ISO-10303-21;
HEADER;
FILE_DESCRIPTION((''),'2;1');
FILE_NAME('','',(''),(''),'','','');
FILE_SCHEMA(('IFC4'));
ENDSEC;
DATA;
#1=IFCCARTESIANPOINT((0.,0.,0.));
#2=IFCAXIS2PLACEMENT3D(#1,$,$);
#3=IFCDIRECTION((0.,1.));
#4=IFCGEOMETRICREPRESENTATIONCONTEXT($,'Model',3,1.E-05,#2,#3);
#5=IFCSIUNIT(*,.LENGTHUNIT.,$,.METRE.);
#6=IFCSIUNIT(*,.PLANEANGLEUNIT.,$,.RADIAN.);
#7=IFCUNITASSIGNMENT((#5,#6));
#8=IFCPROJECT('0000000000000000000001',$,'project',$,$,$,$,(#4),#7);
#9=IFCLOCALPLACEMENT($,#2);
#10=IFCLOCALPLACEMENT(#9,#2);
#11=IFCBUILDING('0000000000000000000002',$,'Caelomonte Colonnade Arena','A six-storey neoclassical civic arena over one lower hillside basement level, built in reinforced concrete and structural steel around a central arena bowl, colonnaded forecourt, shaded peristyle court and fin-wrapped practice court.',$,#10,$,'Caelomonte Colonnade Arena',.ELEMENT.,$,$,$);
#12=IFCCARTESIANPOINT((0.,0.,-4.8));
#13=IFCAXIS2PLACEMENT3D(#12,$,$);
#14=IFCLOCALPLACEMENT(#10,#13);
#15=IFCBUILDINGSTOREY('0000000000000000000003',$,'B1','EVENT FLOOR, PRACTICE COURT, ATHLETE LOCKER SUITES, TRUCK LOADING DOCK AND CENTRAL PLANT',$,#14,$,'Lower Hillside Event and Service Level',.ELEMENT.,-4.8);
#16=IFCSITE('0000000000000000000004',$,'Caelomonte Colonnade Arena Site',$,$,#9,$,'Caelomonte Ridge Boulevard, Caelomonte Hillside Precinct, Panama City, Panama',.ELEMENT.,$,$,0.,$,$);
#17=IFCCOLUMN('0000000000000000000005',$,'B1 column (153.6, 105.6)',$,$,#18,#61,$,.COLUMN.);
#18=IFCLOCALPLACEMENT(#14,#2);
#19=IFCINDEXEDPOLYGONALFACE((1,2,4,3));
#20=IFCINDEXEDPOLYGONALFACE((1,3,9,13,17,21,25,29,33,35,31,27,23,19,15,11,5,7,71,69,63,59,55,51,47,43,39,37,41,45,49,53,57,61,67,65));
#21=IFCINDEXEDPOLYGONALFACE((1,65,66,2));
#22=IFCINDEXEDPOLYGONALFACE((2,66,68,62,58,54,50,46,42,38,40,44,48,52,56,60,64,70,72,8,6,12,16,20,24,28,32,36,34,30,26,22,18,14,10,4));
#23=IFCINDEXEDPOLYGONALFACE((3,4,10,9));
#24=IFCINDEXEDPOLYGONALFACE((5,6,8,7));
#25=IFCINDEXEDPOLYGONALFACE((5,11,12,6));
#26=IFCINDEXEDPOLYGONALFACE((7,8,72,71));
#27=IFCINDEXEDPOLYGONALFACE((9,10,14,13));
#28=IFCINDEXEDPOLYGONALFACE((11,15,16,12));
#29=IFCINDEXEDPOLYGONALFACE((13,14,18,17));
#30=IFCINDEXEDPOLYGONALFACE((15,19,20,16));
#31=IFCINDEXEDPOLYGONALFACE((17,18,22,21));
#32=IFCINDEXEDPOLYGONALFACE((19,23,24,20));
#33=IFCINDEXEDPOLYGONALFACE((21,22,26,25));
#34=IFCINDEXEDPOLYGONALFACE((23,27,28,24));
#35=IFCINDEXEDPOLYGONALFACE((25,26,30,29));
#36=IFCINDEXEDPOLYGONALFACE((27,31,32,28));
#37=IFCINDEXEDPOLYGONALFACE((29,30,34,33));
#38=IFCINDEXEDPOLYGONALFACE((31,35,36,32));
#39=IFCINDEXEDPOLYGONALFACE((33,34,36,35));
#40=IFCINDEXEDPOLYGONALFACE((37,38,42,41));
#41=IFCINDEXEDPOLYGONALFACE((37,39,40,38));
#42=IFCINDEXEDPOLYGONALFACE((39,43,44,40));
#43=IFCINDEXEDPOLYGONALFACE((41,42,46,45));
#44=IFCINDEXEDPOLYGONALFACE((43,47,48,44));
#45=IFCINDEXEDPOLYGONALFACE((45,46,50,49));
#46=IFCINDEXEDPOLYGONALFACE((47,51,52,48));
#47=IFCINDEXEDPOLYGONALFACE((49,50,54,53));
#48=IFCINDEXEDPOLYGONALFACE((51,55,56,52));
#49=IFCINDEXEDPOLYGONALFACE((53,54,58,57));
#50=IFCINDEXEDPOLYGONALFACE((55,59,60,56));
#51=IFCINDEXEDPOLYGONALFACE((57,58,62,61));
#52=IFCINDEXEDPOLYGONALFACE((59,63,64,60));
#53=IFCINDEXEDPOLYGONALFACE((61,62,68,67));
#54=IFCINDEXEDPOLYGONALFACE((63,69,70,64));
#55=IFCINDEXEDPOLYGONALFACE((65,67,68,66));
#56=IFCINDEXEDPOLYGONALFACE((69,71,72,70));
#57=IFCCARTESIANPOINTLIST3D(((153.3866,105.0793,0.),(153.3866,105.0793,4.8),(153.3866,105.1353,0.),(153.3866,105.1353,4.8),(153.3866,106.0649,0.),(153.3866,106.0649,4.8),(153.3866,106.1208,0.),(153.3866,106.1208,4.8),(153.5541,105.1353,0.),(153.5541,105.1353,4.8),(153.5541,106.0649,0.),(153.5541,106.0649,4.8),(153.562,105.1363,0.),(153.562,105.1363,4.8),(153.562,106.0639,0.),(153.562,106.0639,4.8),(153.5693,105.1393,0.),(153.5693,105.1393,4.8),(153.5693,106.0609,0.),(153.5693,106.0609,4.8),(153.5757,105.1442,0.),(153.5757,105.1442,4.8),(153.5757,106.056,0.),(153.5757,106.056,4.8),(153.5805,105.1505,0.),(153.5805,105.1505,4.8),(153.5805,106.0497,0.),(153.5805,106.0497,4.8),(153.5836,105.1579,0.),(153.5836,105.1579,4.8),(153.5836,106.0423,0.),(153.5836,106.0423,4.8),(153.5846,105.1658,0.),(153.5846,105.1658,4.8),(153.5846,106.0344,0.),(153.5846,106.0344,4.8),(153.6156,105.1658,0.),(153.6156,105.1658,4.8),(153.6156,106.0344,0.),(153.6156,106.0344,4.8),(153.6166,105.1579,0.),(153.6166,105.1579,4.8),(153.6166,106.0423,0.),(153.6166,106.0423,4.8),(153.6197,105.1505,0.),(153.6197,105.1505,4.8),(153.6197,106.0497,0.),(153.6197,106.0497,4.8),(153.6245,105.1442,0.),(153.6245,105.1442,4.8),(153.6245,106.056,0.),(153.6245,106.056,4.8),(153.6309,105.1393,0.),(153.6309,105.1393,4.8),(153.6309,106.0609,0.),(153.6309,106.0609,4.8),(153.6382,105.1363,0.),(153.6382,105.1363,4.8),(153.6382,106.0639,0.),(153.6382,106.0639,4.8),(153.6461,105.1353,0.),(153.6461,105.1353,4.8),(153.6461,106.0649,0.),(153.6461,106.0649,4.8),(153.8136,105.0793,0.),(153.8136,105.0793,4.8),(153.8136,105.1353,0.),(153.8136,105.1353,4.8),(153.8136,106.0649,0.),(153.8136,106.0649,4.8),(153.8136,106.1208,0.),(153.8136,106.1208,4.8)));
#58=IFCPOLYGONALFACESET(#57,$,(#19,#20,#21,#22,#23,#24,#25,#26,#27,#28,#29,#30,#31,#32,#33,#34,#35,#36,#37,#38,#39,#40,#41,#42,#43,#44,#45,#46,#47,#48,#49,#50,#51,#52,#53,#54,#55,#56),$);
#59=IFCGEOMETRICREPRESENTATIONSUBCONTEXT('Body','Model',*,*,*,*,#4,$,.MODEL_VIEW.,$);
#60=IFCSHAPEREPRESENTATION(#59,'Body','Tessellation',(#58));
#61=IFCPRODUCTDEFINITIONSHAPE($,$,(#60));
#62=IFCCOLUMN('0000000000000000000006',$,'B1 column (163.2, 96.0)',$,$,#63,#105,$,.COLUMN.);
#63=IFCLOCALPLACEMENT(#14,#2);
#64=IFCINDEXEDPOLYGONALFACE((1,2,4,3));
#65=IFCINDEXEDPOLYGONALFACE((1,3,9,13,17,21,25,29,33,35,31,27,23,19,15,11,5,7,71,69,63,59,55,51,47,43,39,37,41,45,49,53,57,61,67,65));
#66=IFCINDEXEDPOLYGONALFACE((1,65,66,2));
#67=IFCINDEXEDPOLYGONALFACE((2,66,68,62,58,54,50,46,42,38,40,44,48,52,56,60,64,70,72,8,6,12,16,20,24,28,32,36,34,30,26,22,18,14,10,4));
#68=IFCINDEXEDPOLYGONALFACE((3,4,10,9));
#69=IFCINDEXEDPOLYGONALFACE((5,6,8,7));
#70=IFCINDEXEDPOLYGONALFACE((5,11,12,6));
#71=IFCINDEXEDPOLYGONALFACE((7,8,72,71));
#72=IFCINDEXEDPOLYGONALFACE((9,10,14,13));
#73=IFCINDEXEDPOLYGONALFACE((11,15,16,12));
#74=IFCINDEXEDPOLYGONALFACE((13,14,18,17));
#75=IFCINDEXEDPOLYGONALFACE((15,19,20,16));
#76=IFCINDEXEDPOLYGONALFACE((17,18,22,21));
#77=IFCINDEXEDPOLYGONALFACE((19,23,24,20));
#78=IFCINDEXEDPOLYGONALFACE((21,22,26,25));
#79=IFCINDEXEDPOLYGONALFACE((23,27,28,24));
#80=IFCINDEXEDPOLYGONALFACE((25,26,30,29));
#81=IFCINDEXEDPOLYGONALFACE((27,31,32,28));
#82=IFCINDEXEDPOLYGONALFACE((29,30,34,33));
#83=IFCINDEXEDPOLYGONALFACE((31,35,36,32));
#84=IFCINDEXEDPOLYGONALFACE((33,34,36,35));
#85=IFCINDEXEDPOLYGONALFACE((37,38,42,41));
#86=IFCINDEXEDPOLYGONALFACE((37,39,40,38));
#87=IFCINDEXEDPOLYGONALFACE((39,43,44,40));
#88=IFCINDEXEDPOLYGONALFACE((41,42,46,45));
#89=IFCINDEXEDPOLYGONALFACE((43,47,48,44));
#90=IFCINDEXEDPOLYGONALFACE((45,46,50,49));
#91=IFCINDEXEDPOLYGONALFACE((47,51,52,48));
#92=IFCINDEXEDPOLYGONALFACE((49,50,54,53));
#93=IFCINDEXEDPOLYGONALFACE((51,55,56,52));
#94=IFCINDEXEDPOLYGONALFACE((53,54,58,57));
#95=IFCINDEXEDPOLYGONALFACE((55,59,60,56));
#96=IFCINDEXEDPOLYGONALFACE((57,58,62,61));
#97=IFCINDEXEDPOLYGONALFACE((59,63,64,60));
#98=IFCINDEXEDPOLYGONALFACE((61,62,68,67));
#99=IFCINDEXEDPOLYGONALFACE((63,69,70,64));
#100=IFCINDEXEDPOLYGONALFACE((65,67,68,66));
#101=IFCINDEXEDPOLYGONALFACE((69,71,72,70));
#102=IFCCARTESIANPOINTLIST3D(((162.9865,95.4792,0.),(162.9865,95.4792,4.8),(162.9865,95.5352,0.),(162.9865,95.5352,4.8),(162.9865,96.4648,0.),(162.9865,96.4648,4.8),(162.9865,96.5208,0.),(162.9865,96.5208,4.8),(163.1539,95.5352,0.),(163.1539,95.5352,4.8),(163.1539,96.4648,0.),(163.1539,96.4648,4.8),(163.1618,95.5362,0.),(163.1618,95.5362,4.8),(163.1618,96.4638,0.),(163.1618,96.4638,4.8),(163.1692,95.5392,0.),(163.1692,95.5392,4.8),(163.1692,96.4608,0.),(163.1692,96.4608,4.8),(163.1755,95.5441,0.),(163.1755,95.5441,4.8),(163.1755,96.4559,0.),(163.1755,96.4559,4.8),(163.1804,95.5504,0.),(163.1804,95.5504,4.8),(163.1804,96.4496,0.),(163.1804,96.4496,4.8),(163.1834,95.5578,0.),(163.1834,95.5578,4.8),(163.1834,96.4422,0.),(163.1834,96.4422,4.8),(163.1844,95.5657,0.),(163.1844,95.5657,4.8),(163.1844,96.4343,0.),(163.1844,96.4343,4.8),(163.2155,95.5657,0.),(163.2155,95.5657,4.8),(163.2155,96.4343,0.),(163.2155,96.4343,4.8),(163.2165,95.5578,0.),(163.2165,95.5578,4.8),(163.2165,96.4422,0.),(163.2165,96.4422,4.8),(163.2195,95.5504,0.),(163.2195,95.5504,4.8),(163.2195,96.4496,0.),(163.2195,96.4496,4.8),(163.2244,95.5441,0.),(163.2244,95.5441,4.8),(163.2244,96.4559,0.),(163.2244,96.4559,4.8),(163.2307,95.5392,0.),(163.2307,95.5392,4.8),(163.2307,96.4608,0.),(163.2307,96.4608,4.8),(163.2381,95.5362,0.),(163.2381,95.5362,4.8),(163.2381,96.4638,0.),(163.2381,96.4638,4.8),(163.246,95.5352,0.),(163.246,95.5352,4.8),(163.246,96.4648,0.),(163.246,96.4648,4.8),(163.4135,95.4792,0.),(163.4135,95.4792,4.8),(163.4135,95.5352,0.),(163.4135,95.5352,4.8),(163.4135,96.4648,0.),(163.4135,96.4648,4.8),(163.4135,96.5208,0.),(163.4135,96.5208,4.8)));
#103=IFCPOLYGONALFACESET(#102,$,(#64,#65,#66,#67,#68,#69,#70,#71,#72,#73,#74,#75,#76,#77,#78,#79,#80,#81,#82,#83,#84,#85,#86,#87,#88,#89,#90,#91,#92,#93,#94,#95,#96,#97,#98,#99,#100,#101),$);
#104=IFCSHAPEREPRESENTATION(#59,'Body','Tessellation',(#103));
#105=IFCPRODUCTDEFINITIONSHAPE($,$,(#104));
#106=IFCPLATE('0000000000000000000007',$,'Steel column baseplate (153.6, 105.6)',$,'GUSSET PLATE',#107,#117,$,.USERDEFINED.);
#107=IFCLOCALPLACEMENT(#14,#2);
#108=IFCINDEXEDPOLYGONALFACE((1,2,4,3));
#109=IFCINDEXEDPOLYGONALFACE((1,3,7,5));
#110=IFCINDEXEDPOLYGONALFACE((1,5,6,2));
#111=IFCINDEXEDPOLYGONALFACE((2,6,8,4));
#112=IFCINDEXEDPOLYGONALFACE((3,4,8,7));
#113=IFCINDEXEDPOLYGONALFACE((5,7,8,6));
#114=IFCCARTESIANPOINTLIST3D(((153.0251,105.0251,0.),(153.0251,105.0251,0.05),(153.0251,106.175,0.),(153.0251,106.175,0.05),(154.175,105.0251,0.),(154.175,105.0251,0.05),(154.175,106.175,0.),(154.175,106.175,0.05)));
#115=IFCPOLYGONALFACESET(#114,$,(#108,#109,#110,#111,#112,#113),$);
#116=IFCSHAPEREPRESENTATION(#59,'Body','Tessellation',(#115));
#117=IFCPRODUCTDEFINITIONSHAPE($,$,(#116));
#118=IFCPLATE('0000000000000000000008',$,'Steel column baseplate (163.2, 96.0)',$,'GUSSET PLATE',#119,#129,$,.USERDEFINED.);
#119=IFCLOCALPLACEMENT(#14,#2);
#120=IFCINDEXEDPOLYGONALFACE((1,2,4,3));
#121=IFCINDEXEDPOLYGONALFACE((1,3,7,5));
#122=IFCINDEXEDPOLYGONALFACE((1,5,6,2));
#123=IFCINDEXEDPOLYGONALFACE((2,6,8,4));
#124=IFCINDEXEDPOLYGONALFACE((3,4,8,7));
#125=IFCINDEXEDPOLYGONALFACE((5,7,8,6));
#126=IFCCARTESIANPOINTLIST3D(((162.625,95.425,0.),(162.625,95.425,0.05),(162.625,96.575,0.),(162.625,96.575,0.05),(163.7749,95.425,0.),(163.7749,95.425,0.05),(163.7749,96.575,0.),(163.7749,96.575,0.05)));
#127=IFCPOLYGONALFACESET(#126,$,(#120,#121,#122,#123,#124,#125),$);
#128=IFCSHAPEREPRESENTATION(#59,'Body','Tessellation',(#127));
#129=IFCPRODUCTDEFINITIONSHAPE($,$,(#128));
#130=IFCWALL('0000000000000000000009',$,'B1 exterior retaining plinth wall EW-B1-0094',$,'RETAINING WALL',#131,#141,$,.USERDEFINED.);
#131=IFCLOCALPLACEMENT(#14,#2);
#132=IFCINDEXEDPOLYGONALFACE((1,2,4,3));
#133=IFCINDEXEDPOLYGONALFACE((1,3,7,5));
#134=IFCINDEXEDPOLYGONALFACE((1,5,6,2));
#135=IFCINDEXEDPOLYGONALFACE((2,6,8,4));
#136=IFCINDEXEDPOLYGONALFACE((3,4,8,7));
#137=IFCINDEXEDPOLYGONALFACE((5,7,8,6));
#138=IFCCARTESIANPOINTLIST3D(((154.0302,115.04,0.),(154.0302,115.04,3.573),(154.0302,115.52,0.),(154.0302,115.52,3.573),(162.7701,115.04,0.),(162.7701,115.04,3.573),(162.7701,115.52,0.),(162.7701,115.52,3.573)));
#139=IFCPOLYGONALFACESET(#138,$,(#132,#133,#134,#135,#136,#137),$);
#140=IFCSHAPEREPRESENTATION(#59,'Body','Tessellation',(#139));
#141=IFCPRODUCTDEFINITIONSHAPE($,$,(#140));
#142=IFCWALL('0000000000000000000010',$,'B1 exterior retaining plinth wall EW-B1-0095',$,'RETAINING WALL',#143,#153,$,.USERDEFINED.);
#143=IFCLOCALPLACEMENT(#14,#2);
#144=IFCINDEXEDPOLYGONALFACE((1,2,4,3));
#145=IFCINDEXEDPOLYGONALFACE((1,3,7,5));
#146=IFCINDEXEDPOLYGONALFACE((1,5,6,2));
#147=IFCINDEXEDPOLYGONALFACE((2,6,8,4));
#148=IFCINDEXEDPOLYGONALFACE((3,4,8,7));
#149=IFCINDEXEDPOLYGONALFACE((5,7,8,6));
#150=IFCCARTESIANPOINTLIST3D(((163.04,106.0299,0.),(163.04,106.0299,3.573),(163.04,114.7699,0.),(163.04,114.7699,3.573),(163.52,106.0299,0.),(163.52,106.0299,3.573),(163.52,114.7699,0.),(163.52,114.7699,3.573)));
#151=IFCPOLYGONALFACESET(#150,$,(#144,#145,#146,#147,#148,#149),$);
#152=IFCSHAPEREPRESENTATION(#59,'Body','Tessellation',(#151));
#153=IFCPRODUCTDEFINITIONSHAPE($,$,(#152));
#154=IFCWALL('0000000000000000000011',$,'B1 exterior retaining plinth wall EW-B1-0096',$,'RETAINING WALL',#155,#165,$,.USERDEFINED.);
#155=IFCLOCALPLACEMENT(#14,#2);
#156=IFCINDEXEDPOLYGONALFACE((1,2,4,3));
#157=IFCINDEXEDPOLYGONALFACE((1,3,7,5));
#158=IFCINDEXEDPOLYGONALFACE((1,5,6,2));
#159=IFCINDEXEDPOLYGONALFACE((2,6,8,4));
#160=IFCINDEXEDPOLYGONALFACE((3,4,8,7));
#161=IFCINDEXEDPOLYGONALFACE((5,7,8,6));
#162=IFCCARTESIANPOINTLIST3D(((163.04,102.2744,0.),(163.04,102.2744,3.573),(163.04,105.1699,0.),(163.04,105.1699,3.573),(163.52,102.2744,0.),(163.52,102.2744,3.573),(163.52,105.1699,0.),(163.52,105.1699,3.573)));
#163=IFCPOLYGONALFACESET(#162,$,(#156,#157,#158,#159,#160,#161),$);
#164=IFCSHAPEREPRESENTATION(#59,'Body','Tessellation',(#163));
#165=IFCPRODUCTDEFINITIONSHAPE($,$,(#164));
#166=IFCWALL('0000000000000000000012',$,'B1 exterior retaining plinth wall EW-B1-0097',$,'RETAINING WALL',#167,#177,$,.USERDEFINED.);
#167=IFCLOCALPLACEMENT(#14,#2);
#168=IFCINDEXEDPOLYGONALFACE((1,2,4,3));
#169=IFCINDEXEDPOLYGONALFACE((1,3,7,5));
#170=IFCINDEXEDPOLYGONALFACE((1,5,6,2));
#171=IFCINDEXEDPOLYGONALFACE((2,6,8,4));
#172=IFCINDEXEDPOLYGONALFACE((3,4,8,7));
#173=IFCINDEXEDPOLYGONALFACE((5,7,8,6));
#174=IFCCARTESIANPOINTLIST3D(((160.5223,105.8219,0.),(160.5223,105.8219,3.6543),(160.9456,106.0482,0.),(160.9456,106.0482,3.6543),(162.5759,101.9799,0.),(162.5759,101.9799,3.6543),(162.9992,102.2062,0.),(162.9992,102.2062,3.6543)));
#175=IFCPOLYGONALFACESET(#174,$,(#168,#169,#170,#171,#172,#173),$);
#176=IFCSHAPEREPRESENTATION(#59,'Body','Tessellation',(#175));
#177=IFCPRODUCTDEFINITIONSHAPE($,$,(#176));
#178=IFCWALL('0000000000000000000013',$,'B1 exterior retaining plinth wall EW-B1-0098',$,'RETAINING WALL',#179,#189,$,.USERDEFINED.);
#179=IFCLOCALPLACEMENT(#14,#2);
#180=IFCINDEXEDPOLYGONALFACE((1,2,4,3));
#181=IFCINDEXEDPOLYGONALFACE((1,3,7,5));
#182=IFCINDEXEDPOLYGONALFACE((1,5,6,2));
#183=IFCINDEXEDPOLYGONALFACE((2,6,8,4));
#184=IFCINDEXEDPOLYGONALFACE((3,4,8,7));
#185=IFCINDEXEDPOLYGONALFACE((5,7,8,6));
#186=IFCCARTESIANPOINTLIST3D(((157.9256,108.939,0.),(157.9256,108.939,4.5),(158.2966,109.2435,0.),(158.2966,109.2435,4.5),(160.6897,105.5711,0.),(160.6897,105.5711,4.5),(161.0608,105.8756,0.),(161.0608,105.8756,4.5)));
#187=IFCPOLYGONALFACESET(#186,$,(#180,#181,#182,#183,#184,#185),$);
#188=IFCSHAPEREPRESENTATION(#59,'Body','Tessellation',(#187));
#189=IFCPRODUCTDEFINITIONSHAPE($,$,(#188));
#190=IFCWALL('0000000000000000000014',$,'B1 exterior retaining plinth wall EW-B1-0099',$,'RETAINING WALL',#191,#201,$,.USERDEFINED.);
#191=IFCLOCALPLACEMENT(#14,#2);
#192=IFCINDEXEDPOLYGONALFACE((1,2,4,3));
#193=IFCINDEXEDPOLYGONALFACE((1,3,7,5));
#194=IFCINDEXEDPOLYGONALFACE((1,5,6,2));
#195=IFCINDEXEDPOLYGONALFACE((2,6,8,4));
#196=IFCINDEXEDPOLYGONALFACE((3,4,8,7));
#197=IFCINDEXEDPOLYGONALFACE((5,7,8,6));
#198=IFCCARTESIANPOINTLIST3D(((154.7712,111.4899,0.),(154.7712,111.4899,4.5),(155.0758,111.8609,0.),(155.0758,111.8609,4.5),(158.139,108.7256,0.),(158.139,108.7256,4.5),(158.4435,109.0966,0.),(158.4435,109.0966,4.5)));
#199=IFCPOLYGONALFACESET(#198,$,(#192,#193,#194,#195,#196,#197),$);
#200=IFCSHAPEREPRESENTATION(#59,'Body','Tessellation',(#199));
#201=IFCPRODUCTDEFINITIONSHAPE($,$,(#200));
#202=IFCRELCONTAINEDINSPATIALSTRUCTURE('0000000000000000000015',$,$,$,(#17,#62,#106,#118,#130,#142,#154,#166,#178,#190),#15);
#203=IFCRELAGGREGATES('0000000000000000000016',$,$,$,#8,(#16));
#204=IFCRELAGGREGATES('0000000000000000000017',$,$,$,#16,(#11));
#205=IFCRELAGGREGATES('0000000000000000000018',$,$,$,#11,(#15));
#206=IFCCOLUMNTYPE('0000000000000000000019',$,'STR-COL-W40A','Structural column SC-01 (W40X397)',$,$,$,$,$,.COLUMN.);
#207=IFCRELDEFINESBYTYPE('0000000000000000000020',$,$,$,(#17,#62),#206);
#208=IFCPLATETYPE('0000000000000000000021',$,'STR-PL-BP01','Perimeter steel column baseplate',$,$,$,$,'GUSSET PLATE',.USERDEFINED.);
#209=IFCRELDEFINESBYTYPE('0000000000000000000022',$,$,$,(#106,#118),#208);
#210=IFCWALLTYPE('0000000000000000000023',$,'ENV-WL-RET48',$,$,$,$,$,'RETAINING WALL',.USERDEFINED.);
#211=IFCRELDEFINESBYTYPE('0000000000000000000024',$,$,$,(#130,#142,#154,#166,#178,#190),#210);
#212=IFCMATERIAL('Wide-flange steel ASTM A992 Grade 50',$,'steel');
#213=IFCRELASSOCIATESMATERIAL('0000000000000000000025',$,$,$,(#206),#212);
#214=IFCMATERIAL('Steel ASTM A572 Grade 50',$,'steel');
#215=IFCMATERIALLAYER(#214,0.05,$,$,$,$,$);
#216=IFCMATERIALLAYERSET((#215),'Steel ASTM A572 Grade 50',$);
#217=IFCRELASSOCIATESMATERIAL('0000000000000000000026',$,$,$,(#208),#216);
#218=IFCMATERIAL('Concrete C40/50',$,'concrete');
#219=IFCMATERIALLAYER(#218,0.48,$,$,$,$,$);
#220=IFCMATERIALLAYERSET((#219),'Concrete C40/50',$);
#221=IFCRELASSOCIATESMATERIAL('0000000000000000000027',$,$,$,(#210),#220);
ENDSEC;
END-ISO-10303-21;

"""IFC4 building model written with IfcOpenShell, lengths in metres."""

from ifc_helpers import new_model, si_unit, direction, frame, frame_2d, origin, origin_2d, place, context, subcontext, project, spatial, rectangle, i_section, extrude, material, layer, layer_set, material_profile, profile_set, type_object, element, save


model = new_model("IFC4")

# Units and contexts
model_context = context("Model", 3, precision=1e-05, world=origin(), true_north=direction((0.0, 1.0)))
body_context = subcontext(model_context, "Body", "Model", "MODEL_VIEW")
ifc_project = project(units=[si_unit("LENGTHUNIT", "METRE"), si_unit("PLANEANGLEUNIT", "RADIAN")], contexts=[model_context])

# Site, building, storey
site_placement = place(None, origin())
site = spatial("IfcSite", under=ifc_project, at=site_placement, Name="Caelomonte Colonnade Arena Site", LongName="Caelomonte Ridge Boulevard, Caelomonte Hillside Precinct, Panama City, Panama", CompositionType="ELEMENT", RefElevation=0.0)
building_placement = place(site_placement, origin())
building = spatial("IfcBuilding", under=site, at=building_placement, Name="Caelomonte Colonnade Arena", Description="A six-storey neoclassical civic arena over one lower hillside basement level, built in reinforced concrete and structural steel around a central arena bowl, colonnaded forecourt, shaded peristyle court and fin-wrapped practice court.", LongName="Caelomonte Colonnade Arena", CompositionType="ELEMENT")
storey_placement = place(building_placement, frame((0.0, 0.0, -4.8)))
storey = spatial("IfcBuildingStorey", under=building, at=storey_placement, Name="B1", Description="EVENT FLOOR, PRACTICE COURT, ATHLETE LOCKER SUITES, TRUCK LOADING DOCK AND CENTRAL PLANT", LongName="Lower Hillside Event and Service Level", CompositionType="ELEMENT", Elevation=-4.8)

# Shared definitions
ifc_material_1 = material(Name="Concrete C40/50", Category="concrete")

# Columns
ifc_material_2 = material(Name="Wide-flange steel ASTM A992 Grade 50", Category="steel")
ifc_material_profile_1 = material_profile(ifc_material_2, i_section(OverallWidth=0.427, OverallDepth=1.0415, WebThickness=0.031, FlangeThickness=0.0559, FilletRadius=0.0305, at=origin_2d()), Name="W40X397")
ifc_profile_set_1 = profile_set([ifc_material_profile_1], Name="Wide-flange steel ASTM A992 Grade 50")
column_type_1 = type_object("IfcColumnType", Name="STR-COL-W40A", Description="Structural column SC-01 (W40X397)", PredefinedType="COLUMN", material=ifc_profile_set_1)
for number, where, z_axis, x_axis, name in (
    (1, (153.6001, 105.6001, 0.0), (0.0, 0.0, 1.0), (1.0, 0.0, 0.0), "B1 column (153.6, 105.6)"),
    (2, (163.2, 96.0, 0.0), (0.0, 0.0, 1.0), (1.0, 0.0, 0.0), "B1 column (163.2, 96.0)"),
):
    element("IfcColumn", number, at=place(storey_placement, frame(where, z_axis=z_axis, x_axis=x_axis)), inside=storey, type_object=column_type_1, Name=name, PredefinedType="COLUMN", context=body_context, shape_type="SweptSolid", body=[
        extrude(i_section(OverallWidth=0.427, OverallDepth=1.0415, WebThickness=0.031, FlangeThickness=0.0559, FilletRadius=0.0305, at=origin_2d()), origin(), (0.0, 0.0, 1.0), 4.8),
    ])

# Plates
ifc_material_3 = material(Name="Steel ASTM A572 Grade 50", Category="steel")
ifc_layer_1 = layer(ifc_material_3, 0.05)
ifc_layer_set_1 = layer_set([ifc_layer_1], Name="Steel ASTM A572 Grade 50")
plate_type = type_object("IfcPlateType", Name="STR-PL-BP01", Description="Perimeter steel column baseplate", ElementType="GUSSET PLATE", PredefinedType="USERDEFINED", material=ifc_layer_set_1)
for number, where, z_axis, x_axis, name in (
    (3, (153.6001, 105.6001, 0.0), (0.0, 0.0, 1.0), (1.0, 0.0, 0.0), "Steel column baseplate (153.6, 105.6)"),
    (4, (163.2, 96.0, 0.0), (0.0, 0.0, 1.0), (1.0, 0.0, 0.0), "Steel column baseplate (163.2, 96.0)"),
):
    element("IfcPlate", number, at=place(storey_placement, frame(where, z_axis=z_axis, x_axis=x_axis)), inside=storey, type_object=plate_type, Name=name, ObjectType="GUSSET PLATE", PredefinedType="USERDEFINED", context=body_context, shape_type="SweptSolid", body=[
        extrude(rectangle(XDim=1.1499, YDim=1.1499, at=origin_2d()), origin(), (0.0, 0.0, 1.0), 0.05),
    ])

# Walls
ifc_layer_2 = layer(ifc_material_1, 0.48)
ifc_layer_set_2 = layer_set([ifc_layer_2], Name="Concrete C40/50")
wall_type_1 = type_object("IfcWallType", Name="ENV-WL-RET48", ElementType="RETAINING WALL", PredefinedType="USERDEFINED", material=ifc_layer_set_2)
for number, where, z_axis, x_axis, name in (
    (5, (154.03, 115.28, 0.0), (0.0, 0.0, 1.0), (1.0, 0.0, 0.0), "B1 exterior retaining plinth wall EW-B1-0094"),
    (6, (163.28, 114.77, 0.0), (0.0, 0.0, 1.0), (0.0, -1.0, 0.0), "B1 exterior retaining plinth wall EW-B1-0095"),
):
    element("IfcWall", number, at=place(storey_placement, frame(where, z_axis=z_axis, x_axis=x_axis)), inside=storey, type_object=wall_type_1, Name=name, ObjectType="RETAINING WALL", PredefinedType="USERDEFINED", context=body_context, shape_type="SweptSolid", body=[
        extrude(rectangle(XDim=8.74, YDim=0.48, at=frame_2d((4.3701, 0.0))), origin(), (0.0, 0.0, 1.0), 3.573),
    ])
wall_1_placement = place(storey_placement, frame((163.28, 105.1699, 0.0), z_axis=(0.0, 0.0, 1.0), x_axis=(0.0, -1.0, 0.0)))
element("IfcWall", 7, at=wall_1_placement, inside=storey, type_object=wall_type_1, Name="B1 exterior retaining plinth wall EW-B1-0096", ObjectType="RETAINING WALL", PredefinedType="USERDEFINED", context=body_context, shape_type="SweptSolid", body=[
    extrude(rectangle(XDim=2.8955, YDim=0.48, at=frame_2d((1.4478, 0.0))), origin(), (0.0, 0.0, 1.0), 3.573),
])
wall_2_placement = place(storey_placement, frame((162.7876, 102.093, 0.0), z_axis=(0.0, 0.0, 1.0), x_axis=(-0.471414, 0.881912, 0.0)))
element("IfcWall", 8, at=wall_2_placement, inside=storey, type_object=wall_type_1, Name="B1 exterior retaining plinth wall EW-B1-0097", ObjectType="RETAINING WALL", PredefinedType="USERDEFINED", context=body_context, shape_type="SweptSolid", body=[
    extrude(rectangle(XDim=4.3564, YDim=0.48, at=frame_2d((2.1782, 0.0))), origin(), (0.0, 0.0, 1.0), 3.6543),
])
for number, where, z_axis, x_axis, name in (
    (9, (160.8752, 105.7234, 0.0), (0.0, 0.0, 1.0), (-0.634418, 0.77299, 0.0), "B1 exterior retaining plinth wall EW-B1-0098"),
    (10, (158.2913, 108.9111, 0.0), (0.0, 0.0, 1.0), (-0.772968, 0.634445, 0.0), "B1 exterior retaining plinth wall EW-B1-0099"),
):
    element("IfcWall", number, at=place(storey_placement, frame(where, z_axis=z_axis, x_axis=x_axis)), inside=storey, type_object=wall_type_1, Name=name, ObjectType="RETAINING WALL", PredefinedType="USERDEFINED", context=body_context, shape_type="SweptSolid", body=[
        extrude(rectangle(XDim=4.3569, YDim=0.48, at=frame_2d((2.1785, 0.0))), origin(), (0.0, 0.0, 1.0), 4.5),
    ])

save(model, "model.ifc")
